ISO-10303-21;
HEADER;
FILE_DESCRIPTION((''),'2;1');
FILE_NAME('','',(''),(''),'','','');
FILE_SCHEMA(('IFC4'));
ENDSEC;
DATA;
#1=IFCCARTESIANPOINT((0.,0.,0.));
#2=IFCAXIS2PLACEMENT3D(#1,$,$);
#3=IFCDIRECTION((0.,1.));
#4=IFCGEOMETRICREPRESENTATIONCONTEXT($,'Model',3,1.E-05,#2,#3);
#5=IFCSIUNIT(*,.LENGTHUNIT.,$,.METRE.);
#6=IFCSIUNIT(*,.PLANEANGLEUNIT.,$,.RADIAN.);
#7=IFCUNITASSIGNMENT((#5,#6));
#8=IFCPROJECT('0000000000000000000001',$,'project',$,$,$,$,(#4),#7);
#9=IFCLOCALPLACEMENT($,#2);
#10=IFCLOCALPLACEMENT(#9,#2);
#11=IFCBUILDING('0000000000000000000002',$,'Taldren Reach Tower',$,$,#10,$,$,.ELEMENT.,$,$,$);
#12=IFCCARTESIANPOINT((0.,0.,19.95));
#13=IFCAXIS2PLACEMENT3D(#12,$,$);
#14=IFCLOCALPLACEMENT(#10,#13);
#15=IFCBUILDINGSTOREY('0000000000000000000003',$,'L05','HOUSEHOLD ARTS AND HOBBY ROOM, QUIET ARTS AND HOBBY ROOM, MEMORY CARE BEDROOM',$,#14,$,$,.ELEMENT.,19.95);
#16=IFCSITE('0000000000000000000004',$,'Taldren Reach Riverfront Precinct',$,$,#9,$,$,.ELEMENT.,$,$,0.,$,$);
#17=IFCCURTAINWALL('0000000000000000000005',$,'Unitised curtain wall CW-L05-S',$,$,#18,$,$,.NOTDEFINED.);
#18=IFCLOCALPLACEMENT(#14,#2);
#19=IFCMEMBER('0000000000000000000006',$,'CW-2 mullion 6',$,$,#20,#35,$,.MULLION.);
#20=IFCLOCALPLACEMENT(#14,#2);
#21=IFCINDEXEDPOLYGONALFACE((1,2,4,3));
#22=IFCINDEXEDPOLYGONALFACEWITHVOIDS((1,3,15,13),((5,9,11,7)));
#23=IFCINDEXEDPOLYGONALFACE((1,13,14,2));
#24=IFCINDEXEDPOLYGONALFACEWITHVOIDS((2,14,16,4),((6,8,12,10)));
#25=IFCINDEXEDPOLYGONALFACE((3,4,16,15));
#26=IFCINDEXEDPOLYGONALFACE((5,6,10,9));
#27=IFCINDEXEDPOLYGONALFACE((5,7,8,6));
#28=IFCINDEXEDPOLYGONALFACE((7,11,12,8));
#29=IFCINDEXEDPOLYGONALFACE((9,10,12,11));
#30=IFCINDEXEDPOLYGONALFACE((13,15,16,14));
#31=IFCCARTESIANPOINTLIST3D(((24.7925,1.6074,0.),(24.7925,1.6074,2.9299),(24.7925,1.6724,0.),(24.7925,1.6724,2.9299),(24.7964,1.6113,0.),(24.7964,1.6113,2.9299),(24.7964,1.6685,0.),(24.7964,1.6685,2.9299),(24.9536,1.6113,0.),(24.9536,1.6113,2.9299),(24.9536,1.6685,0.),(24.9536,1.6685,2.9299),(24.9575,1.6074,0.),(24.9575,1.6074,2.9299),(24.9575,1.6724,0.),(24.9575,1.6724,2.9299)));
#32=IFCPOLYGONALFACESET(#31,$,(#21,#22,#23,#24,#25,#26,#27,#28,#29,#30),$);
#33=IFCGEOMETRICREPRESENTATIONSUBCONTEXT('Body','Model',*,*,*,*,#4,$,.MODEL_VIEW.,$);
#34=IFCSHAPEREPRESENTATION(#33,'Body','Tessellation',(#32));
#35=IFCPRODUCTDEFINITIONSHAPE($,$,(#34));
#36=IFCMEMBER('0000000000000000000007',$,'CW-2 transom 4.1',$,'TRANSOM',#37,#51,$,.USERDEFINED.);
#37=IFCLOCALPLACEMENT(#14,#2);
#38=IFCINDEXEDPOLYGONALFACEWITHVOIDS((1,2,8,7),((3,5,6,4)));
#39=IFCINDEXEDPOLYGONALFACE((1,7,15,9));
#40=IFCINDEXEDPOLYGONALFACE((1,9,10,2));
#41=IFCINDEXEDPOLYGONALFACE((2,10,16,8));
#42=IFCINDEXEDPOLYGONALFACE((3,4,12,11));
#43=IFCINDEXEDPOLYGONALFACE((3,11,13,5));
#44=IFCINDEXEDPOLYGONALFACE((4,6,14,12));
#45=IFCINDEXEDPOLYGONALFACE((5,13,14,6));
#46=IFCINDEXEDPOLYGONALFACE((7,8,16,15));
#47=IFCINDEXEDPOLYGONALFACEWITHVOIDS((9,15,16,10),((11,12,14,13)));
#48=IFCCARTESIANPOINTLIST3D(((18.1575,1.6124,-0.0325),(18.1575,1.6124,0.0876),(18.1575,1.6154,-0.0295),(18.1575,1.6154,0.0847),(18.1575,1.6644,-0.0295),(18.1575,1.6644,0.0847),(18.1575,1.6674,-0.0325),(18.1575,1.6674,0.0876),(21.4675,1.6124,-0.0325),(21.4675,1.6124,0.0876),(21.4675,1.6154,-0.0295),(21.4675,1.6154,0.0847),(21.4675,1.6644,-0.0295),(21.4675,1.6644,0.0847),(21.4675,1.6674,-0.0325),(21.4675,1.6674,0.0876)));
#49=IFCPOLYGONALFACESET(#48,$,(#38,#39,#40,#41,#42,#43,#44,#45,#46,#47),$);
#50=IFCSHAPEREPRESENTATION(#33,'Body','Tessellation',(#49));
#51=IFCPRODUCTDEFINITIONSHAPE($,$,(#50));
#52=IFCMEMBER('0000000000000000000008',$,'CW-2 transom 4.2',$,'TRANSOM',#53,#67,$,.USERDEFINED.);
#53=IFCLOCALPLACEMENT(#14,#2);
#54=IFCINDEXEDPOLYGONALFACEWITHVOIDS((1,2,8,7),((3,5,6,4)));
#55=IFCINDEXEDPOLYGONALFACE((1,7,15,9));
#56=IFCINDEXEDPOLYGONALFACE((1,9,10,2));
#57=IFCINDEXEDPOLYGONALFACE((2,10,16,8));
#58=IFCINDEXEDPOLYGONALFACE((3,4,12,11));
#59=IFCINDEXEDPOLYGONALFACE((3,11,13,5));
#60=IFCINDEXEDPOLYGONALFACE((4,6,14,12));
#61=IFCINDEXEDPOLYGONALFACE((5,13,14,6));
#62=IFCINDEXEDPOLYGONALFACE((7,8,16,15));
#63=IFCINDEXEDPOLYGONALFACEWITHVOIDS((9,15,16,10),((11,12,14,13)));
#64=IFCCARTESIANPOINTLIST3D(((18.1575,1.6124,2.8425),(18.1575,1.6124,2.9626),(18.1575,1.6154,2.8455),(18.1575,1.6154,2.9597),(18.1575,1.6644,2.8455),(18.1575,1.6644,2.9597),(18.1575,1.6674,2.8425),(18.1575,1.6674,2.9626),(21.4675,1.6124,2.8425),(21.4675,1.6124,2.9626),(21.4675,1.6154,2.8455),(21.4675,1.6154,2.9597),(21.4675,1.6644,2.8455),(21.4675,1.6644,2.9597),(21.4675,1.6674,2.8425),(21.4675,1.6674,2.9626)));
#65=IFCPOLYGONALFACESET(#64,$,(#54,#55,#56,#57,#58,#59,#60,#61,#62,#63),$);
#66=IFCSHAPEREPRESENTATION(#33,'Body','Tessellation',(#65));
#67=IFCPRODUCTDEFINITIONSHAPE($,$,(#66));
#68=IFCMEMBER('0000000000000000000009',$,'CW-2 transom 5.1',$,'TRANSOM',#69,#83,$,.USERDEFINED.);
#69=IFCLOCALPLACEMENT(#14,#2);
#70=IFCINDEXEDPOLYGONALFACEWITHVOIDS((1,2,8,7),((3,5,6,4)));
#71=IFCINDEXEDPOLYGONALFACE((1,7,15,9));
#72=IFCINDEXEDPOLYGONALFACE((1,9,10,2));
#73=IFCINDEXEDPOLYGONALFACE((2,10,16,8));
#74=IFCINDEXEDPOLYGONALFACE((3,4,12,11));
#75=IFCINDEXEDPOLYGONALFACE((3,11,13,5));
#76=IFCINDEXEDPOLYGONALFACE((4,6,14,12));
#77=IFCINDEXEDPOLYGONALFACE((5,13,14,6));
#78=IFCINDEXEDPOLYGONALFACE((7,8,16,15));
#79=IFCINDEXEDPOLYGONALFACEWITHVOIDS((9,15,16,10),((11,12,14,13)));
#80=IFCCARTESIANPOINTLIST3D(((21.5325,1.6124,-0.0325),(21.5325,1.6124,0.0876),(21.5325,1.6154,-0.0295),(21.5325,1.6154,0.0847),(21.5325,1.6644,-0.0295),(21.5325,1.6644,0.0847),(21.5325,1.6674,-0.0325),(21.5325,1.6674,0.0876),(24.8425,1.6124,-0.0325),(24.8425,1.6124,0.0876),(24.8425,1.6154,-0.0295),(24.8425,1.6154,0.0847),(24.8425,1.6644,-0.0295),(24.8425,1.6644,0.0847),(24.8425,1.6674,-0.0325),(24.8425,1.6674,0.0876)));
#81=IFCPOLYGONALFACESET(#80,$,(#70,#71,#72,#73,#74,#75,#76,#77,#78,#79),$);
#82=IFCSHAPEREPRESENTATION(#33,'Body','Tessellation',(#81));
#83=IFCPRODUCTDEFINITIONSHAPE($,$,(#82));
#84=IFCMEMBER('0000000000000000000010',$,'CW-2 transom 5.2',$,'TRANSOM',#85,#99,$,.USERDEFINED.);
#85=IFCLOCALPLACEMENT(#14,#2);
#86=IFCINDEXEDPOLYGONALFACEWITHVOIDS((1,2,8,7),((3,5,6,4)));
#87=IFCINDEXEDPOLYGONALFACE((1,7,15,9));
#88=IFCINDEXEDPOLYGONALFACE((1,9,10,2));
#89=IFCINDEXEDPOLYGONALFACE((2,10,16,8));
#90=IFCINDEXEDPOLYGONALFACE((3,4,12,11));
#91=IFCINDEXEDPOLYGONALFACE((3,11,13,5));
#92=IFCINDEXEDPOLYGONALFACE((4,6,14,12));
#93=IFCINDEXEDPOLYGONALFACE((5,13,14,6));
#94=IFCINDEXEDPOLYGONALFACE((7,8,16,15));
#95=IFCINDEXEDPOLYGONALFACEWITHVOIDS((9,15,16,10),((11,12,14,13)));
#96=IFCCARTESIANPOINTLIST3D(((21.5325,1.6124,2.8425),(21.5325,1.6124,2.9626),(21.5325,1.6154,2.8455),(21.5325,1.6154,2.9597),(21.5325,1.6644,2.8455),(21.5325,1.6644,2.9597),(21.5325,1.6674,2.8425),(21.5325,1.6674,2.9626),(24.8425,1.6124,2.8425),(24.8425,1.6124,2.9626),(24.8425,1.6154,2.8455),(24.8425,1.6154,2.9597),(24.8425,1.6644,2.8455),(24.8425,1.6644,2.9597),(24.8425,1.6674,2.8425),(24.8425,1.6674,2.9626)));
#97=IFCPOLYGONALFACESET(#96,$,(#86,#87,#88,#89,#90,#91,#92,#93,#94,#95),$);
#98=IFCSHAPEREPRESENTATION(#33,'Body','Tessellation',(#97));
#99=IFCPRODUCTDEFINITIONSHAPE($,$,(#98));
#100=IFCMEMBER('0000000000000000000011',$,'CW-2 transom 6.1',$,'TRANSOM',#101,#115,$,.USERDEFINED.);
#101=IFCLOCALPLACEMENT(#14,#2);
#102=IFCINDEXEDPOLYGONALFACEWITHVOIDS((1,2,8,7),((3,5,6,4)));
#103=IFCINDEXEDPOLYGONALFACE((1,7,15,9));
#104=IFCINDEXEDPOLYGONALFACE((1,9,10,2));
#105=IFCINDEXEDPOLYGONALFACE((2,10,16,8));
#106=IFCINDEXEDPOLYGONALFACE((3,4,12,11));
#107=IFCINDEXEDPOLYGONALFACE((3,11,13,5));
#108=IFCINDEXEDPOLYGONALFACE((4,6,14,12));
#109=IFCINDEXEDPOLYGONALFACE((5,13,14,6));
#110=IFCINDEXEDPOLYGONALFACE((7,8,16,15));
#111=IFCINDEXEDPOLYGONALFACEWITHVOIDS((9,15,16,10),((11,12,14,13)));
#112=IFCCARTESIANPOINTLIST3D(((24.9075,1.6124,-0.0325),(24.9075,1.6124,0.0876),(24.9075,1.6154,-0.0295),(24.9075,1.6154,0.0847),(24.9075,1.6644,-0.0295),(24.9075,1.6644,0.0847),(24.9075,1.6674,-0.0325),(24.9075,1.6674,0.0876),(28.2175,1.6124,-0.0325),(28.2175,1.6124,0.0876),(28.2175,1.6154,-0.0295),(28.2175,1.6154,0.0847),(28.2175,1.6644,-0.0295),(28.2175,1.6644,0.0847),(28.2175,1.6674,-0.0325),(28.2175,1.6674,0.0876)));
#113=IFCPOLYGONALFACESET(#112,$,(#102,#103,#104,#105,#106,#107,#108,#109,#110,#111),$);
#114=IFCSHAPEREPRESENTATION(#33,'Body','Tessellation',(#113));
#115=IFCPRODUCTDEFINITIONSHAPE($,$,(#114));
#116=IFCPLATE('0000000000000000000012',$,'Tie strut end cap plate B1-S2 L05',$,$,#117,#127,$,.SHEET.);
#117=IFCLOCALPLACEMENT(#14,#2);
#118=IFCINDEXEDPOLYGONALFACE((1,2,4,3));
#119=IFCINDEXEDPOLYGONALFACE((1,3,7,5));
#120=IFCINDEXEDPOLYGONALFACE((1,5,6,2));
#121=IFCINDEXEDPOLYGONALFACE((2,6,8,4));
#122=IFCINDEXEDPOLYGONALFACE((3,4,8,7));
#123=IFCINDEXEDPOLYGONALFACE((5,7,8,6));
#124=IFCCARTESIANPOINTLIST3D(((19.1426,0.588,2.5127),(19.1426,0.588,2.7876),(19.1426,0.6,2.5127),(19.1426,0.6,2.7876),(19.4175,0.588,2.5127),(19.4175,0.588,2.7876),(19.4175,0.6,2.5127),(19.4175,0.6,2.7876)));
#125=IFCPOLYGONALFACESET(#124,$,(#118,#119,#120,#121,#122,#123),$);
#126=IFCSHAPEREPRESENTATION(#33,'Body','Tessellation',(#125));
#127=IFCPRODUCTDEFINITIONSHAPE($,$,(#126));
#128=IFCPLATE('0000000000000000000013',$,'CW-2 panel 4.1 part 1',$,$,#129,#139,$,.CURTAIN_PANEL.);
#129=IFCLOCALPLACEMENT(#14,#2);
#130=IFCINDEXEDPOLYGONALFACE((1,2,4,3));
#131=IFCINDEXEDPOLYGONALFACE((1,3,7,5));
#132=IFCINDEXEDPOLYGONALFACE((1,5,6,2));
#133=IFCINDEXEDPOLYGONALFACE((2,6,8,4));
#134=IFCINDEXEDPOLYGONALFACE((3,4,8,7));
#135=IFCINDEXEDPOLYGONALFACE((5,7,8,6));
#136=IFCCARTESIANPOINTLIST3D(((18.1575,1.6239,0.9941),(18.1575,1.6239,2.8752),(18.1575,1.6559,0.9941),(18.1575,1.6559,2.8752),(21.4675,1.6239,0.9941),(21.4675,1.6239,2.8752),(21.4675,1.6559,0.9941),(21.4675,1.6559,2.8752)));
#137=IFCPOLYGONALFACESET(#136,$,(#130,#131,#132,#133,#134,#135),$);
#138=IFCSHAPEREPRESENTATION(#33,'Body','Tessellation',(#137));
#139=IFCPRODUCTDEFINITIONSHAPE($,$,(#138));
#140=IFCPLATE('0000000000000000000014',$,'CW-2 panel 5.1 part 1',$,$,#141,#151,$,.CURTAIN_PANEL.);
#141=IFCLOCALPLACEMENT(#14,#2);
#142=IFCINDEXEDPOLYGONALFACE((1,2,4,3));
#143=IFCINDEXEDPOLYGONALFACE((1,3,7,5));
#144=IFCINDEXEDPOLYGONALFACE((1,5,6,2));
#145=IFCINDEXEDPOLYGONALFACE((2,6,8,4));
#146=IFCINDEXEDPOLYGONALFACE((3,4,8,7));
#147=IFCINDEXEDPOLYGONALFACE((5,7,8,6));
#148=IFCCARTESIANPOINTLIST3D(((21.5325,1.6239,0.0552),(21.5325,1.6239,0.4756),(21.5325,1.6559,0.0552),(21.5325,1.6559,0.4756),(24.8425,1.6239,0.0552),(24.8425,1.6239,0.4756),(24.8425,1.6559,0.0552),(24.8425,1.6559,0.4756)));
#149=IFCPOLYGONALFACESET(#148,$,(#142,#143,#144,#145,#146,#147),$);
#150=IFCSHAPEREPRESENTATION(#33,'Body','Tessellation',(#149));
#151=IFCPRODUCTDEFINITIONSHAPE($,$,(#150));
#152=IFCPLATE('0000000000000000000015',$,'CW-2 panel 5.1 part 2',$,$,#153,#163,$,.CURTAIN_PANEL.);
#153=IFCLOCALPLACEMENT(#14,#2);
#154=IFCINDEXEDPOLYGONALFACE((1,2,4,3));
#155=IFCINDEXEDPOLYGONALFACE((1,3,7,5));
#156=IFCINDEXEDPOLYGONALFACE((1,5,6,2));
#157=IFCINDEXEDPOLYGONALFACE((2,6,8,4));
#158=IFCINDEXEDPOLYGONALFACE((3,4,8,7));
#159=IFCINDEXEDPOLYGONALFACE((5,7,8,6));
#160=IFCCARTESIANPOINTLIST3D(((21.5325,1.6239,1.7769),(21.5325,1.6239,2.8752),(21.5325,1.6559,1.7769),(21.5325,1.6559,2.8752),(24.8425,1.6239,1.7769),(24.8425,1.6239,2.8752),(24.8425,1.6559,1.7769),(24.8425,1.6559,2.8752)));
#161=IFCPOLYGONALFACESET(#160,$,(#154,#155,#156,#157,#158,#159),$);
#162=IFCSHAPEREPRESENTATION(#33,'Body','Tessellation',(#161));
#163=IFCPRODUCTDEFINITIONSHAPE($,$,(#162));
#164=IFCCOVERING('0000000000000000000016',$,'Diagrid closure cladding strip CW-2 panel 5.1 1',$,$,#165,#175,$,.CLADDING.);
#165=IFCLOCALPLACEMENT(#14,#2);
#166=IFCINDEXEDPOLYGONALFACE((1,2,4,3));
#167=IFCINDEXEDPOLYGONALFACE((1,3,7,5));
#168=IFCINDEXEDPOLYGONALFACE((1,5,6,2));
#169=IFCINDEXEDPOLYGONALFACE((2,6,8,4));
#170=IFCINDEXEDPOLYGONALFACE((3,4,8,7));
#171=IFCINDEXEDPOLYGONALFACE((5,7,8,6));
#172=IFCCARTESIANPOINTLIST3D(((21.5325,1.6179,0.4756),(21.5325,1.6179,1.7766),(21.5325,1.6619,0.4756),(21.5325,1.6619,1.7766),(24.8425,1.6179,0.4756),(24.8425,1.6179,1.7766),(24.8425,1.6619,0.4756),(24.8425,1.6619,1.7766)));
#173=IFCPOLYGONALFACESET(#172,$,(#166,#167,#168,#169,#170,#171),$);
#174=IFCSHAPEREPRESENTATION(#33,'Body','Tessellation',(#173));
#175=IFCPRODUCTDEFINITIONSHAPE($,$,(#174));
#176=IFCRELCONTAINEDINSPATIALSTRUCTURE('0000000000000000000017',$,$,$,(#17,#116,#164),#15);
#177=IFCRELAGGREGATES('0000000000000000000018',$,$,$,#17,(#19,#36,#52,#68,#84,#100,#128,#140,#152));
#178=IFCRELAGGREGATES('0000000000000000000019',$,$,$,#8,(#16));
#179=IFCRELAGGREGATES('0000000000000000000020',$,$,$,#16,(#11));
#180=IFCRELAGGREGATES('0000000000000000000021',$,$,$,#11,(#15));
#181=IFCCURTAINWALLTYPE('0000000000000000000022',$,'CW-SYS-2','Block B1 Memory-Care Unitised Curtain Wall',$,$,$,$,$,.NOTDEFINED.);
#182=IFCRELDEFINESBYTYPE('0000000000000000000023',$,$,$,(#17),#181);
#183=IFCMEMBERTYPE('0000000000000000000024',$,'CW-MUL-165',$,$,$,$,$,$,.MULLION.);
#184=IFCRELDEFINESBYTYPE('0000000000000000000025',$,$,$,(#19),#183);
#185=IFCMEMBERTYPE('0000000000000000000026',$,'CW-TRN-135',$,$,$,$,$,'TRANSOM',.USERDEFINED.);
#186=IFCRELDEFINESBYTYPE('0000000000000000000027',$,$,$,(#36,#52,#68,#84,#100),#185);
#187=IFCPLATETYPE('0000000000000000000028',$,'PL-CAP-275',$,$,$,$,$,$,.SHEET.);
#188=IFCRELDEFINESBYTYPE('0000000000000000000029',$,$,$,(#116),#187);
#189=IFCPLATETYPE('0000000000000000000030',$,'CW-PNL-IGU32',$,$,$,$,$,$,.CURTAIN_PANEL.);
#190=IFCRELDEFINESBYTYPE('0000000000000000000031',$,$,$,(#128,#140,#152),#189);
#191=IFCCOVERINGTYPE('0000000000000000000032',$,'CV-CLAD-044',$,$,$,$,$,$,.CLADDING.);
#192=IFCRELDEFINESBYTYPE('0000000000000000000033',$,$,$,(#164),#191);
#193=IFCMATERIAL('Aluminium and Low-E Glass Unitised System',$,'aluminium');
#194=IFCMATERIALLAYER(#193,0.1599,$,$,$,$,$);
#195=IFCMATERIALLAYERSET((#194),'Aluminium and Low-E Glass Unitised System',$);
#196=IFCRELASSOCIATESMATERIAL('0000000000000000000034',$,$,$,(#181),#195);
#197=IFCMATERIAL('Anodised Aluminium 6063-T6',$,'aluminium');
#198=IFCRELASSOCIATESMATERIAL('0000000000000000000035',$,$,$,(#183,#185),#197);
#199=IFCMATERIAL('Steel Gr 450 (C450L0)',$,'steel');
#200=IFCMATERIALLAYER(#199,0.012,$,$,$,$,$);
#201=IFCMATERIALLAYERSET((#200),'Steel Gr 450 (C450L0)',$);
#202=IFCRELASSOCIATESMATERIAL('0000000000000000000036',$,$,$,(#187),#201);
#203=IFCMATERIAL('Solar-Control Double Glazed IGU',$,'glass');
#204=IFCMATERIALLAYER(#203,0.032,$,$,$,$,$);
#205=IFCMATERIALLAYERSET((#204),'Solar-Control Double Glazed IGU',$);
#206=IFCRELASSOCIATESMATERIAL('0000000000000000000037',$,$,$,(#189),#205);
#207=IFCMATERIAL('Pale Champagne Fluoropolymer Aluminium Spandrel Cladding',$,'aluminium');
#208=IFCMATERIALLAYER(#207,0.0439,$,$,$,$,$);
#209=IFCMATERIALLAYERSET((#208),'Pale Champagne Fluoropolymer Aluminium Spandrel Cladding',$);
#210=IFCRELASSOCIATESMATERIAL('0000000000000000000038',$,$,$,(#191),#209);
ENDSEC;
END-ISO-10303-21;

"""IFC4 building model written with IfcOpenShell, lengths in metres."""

from ifc_helpers import new_model, si_unit, direction, frame, origin, origin_2d, place, context, subcontext, project, spatial, rectangle, hollow_rectangle, extrude, source, transform, mapped, material, layer, layer_set, material_profile, profile_set, type_object, element, aggregate, save


model = new_model("IFC4")

# Units and contexts
model_context = context("Model", 3, precision=1e-05, world=origin(), true_north=direction((0.0, 1.0)))
body_context = subcontext(model_context, "Body", "Model", "MODEL_VIEW")
ifc_project = project(units=[si_unit("LENGTHUNIT", "METRE"), si_unit("PLANEANGLEUNIT", "RADIAN")], contexts=[model_context])

# Site, building, storey
site_placement = place(None, origin())
site = spatial("IfcSite", under=ifc_project, at=site_placement, Name="Taldren Reach Riverfront Precinct", CompositionType="ELEMENT", RefElevation=0.0)
building_placement = place(site_placement, origin())
building = spatial("IfcBuilding", under=site, at=building_placement, Name="Taldren Reach Tower", CompositionType="ELEMENT")
storey_placement = place(building_placement, frame((0.0, 0.0, 19.95)))
storey = spatial("IfcBuildingStorey", under=building, at=storey_placement, Name="L05", Description="HOUSEHOLD ARTS AND HOBBY ROOM, QUIET ARTS AND HOBBY ROOM, MEMORY CARE BEDROOM", CompositionType="ELEMENT", Elevation=19.95)

# Shared definitions
ifc_material_1 = material(Name="Steel Gr 450 (C450L0)", Category="steel")

# Curtain wall, members
ifc_material_2 = material(Name="Aluminium and Low-E Glass Unitised System", Category="aluminium")
ifc_layer_1 = layer(ifc_material_2, 0.1599)
ifc_layer_set_1 = layer_set([ifc_layer_1], Name="Aluminium and Low-E Glass Unitised System")
curtain_wall_type = type_object("IfcCurtainWallType", Name="CW-SYS-2", Description="Block B1 Memory-Care Unitised Curtain Wall", PredefinedType="NOTDEFINED", material=ifc_layer_set_1)
curtain_wall_placement = place(storey_placement, origin())
curtain_wall = element("IfcCurtainWall", 1, at=curtain_wall_placement, inside=storey, type_object=curtain_wall_type, Name="Unitised curtain wall CW-L05-S", PredefinedType="NOTDEFINED")
ifc_material_3 = material(Name="Anodised Aluminium 6063-T6", Category="aluminium")
ifc_material_profile_1 = material_profile(ifc_material_3, hollow_rectangle(XDim=0.0649, YDim=0.165, WallThickness=0.0039, at=origin_2d()), Name="ALU-165x65x4RHS")
ifc_profile_set_1 = profile_set([ifc_material_profile_1], Name="Anodised Aluminium 6063-T6")
member_type_1 = type_object("IfcMemberType", Name="CW-MUL-165", PredefinedType="MULLION", material=ifc_profile_set_1)
shared_shape_1 = source(origin(), body_context, "Body", "SweptSolid", [
    extrude(hollow_rectangle(XDim=0.0649, YDim=0.165, WallThickness=0.0039, at=origin_2d()), origin(), (0.0, 0.0, 1.0), 2.9299),
])
member_1_placement = place(storey_placement, frame((24.875, 1.6399, 0.0), z_axis=(0.0, 0.0, 1.0), x_axis=(0.0, 1.0, 0.0)))
member_1 = element("IfcMember", 2, at=member_1_placement, type_object=member_type_1, Name="CW-2 mullion 6", PredefinedType="MULLION", context=body_context, shape_type="MappedRepresentation", body=[
    mapped(shared_shape_1, transform((0.0, 0.0, 0.0), scale=1.0)),
])
ifc_material_profile_2 = material_profile(ifc_material_3, hollow_rectangle(XDim=0.0549, YDim=0.1201, WallThickness=0.0029, at=origin_2d()), Name="ALU-120x55x3RHS")
ifc_profile_set_2 = profile_set([ifc_material_profile_2], Name="Anodised Aluminium 6063-T6")
member_type_2 = type_object("IfcMemberType", Name="CW-TRN-135", ElementType="TRANSOM", PredefinedType="USERDEFINED", material=ifc_profile_set_2)
shared_shape_2 = source(origin(), body_context, "Body", "SweptSolid", [
    extrude(hollow_rectangle(XDim=0.0549, YDim=0.1201, WallThickness=0.0029, at=origin_2d()), origin(), (0.0, 0.0, 1.0), 3.3101),
])
member_2_placement = place(storey_placement, frame((18.1575, 1.6399, 0.0276), z_axis=(1.0, 0.0, 0.0), x_axis=(0.0, 1.0, 0.0)))
member_2 = element("IfcMember", 3, at=member_2_placement, type_object=member_type_2, Name="CW-2 transom 4.1", ObjectType="TRANSOM", PredefinedType="USERDEFINED", context=body_context, shape_type="MappedRepresentation", body=[
    mapped(shared_shape_2, transform((0.0, 0.0, 0.0), scale=1.0)),
])
member_3_placement = place(storey_placement, frame((18.1575, 1.6399, 2.9026), z_axis=(1.0, 0.0, 0.0), x_axis=(0.0, 1.0, 0.0)))
member_3 = element("IfcMember", 4, at=member_3_placement, type_object=member_type_2, Name="CW-2 transom 4.2", ObjectType="TRANSOM", PredefinedType="USERDEFINED", context=body_context, shape_type="MappedRepresentation", body=[
    mapped(shared_shape_2, transform((0.0, 0.0, 0.0), scale=1.0)),
])
member_4_placement = place(storey_placement, frame((21.5325, 1.6399, 0.0276), z_axis=(1.0, 0.0, 0.0), x_axis=(0.0, 1.0, 0.0)))
member_4 = element("IfcMember", 5, at=member_4_placement, type_object=member_type_2, Name="CW-2 transom 5.1", ObjectType="TRANSOM", PredefinedType="USERDEFINED", context=body_context, shape_type="MappedRepresentation", body=[
    mapped(shared_shape_2, transform((0.0, 0.0, 0.0), scale=1.0)),
])
member_5_placement = place(storey_placement, frame((21.5325, 1.6399, 2.9026), z_axis=(1.0, 0.0, 0.0), x_axis=(0.0, 1.0, 0.0)))
member_5 = element("IfcMember", 6, at=member_5_placement, type_object=member_type_2, Name="CW-2 transom 5.2", ObjectType="TRANSOM", PredefinedType="USERDEFINED", context=body_context, shape_type="MappedRepresentation", body=[
    mapped(shared_shape_2, transform((0.0, 0.0, 0.0), scale=1.0)),
])
member_6_placement = place(storey_placement, frame((24.9075, 1.6399, 0.0276), z_axis=(1.0, 0.0, 0.0), x_axis=(0.0, 1.0, 0.0)))
member_6 = element("IfcMember", 7, at=member_6_placement, type_object=member_type_2, Name="CW-2 transom 6.1", ObjectType="TRANSOM", PredefinedType="USERDEFINED", context=body_context, shape_type="MappedRepresentation", body=[
    mapped(shared_shape_2, transform((0.0, 0.0, 0.0), scale=1.0)),
])

# Plates
ifc_layer_2 = layer(ifc_material_1, 0.012)
ifc_layer_set_2 = layer_set([ifc_layer_2], Name="Steel Gr 450 (C450L0)")
plate_type_1 = type_object("IfcPlateType", Name="PL-CAP-275", PredefinedType="SHEET", material=ifc_layer_set_2)
shared_shape_3 = source(origin(), body_context, "Body", "SweptSolid", [
    extrude(rectangle(XDim=0.2749, YDim=0.012, at=origin_2d()), origin(), (0.0, 0.0, 1.0), 0.2749),
])
plate_1_placement = place(storey_placement, frame((19.28, 0.594, 2.5127), z_axis=(0.0, 0.0, 1.0), x_axis=(1.0, 0.0, 0.0)))
element("IfcPlate", 8, at=plate_1_placement, inside=storey, type_object=plate_type_1, Name="Tie strut end cap plate B1-S2 L05", PredefinedType="SHEET", context=body_context, shape_type="MappedRepresentation", body=[
    mapped(shared_shape_3, transform((0.0, 0.0, 0.0), scale=1.0)),
])
ifc_material_4 = material(Name="Solar-Control Double Glazed IGU", Category="glass")
ifc_layer_3 = layer(ifc_material_4, 0.032)
ifc_layer_set_3 = layer_set([ifc_layer_3], Name="Solar-Control Double Glazed IGU")
plate_type_2 = type_object("IfcPlateType", Name="CW-PNL-IGU32", PredefinedType="CURTAIN_PANEL", material=ifc_layer_set_3)
shared_shape_4 = source(origin(), body_context, "Body", "SweptSolid", [
    extrude(rectangle(XDim=3.3101, YDim=0.032, at=origin_2d()), origin(), (0.0, 0.0, 1.0), 1.8811),
])
plate_2_placement = place(storey_placement, frame((19.8125, 1.6399, 0.9941), z_axis=(0.0, 0.0, 1.0), x_axis=(1.0, 0.0, 0.0)))
plate_2 = element("IfcPlate", 9, at=plate_2_placement, type_object=plate_type_2, Name="CW-2 panel 4.1 part 1", PredefinedType="CURTAIN_PANEL", context=body_context, shape_type="MappedRepresentation", body=[
    mapped(shared_shape_4, transform((0.0, 0.0, 0.0), scale=1.0)),
])
shared_shape_5 = source(origin(), body_context, "Body", "SweptSolid", [
    extrude(rectangle(XDim=3.3101, YDim=0.032, at=origin_2d()), origin(), (0.0, 0.0, 1.0), 0.4204),
])
plate_3_placement = place(storey_placement, frame((23.1875, 1.6399, 0.0552), z_axis=(0.0, 0.0, 1.0), x_axis=(1.0, 0.0, 0.0)))
plate_3 = element("IfcPlate", 10, at=plate_3_placement, type_object=plate_type_2, Name="CW-2 panel 5.1 part 1", PredefinedType="CURTAIN_PANEL", context=body_context, shape_type="MappedRepresentation", body=[
    mapped(shared_shape_5, transform((0.0, 0.0, 0.0), scale=1.0)),
])
shared_shape_6 = source(origin(), body_context, "Body", "SweptSolid", [
    extrude(rectangle(XDim=3.3101, YDim=0.032, at=origin_2d()), origin(), (0.0, 0.0, 1.0), 1.0984),
])
plate_4_placement = place(storey_placement, frame((23.1875, 1.6399, 1.7769), z_axis=(0.0, 0.0, 1.0), x_axis=(1.0, 0.0, 0.0)))
plate_4 = element("IfcPlate", 11, at=plate_4_placement, type_object=plate_type_2, Name="CW-2 panel 5.1 part 2", PredefinedType="CURTAIN_PANEL", context=body_context, shape_type="MappedRepresentation", body=[
    mapped(shared_shape_6, transform((0.0, 0.0, 0.0), scale=1.0)),
])
aggregate(curtain_wall, [member_1, member_2, member_3, member_4, member_5, member_6, plate_2, plate_3, plate_4])

# Covering
ifc_material_5 = material(Name="Pale Champagne Fluoropolymer Aluminium Spandrel Cladding", Category="aluminium")
ifc_layer_4 = layer(ifc_material_5, 0.0439)
ifc_layer_set_4 = layer_set([ifc_layer_4], Name="Pale Champagne Fluoropolymer Aluminium Spandrel Cladding")
covering_type = type_object("IfcCoveringType", Name="CV-CLAD-044", PredefinedType="CLADDING", material=ifc_layer_set_4)
shared_shape_7 = source(origin(), body_context, "Body", "SweptSolid", [
    extrude(rectangle(XDim=3.3101, YDim=0.0439, at=origin_2d()), origin(), (0.0, 0.0, 1.0), 1.301),
])
covering_1_placement = place(storey_placement, frame((23.1875, 1.6399, 0.4756), z_axis=(0.0, 0.0, 1.0), x_axis=(1.0, 0.0, 0.0)))
element("IfcCovering", 12, at=covering_1_placement, inside=storey, type_object=covering_type, Name="Diagrid closure cladding strip CW-2 panel 5.1 1", PredefinedType="CLADDING", context=body_context, shape_type="MappedRepresentation", body=[
    mapped(shared_shape_7, transform((0.0, 0.0, 0.0), scale=1.0)),
])

save(model, "model.ifc")
